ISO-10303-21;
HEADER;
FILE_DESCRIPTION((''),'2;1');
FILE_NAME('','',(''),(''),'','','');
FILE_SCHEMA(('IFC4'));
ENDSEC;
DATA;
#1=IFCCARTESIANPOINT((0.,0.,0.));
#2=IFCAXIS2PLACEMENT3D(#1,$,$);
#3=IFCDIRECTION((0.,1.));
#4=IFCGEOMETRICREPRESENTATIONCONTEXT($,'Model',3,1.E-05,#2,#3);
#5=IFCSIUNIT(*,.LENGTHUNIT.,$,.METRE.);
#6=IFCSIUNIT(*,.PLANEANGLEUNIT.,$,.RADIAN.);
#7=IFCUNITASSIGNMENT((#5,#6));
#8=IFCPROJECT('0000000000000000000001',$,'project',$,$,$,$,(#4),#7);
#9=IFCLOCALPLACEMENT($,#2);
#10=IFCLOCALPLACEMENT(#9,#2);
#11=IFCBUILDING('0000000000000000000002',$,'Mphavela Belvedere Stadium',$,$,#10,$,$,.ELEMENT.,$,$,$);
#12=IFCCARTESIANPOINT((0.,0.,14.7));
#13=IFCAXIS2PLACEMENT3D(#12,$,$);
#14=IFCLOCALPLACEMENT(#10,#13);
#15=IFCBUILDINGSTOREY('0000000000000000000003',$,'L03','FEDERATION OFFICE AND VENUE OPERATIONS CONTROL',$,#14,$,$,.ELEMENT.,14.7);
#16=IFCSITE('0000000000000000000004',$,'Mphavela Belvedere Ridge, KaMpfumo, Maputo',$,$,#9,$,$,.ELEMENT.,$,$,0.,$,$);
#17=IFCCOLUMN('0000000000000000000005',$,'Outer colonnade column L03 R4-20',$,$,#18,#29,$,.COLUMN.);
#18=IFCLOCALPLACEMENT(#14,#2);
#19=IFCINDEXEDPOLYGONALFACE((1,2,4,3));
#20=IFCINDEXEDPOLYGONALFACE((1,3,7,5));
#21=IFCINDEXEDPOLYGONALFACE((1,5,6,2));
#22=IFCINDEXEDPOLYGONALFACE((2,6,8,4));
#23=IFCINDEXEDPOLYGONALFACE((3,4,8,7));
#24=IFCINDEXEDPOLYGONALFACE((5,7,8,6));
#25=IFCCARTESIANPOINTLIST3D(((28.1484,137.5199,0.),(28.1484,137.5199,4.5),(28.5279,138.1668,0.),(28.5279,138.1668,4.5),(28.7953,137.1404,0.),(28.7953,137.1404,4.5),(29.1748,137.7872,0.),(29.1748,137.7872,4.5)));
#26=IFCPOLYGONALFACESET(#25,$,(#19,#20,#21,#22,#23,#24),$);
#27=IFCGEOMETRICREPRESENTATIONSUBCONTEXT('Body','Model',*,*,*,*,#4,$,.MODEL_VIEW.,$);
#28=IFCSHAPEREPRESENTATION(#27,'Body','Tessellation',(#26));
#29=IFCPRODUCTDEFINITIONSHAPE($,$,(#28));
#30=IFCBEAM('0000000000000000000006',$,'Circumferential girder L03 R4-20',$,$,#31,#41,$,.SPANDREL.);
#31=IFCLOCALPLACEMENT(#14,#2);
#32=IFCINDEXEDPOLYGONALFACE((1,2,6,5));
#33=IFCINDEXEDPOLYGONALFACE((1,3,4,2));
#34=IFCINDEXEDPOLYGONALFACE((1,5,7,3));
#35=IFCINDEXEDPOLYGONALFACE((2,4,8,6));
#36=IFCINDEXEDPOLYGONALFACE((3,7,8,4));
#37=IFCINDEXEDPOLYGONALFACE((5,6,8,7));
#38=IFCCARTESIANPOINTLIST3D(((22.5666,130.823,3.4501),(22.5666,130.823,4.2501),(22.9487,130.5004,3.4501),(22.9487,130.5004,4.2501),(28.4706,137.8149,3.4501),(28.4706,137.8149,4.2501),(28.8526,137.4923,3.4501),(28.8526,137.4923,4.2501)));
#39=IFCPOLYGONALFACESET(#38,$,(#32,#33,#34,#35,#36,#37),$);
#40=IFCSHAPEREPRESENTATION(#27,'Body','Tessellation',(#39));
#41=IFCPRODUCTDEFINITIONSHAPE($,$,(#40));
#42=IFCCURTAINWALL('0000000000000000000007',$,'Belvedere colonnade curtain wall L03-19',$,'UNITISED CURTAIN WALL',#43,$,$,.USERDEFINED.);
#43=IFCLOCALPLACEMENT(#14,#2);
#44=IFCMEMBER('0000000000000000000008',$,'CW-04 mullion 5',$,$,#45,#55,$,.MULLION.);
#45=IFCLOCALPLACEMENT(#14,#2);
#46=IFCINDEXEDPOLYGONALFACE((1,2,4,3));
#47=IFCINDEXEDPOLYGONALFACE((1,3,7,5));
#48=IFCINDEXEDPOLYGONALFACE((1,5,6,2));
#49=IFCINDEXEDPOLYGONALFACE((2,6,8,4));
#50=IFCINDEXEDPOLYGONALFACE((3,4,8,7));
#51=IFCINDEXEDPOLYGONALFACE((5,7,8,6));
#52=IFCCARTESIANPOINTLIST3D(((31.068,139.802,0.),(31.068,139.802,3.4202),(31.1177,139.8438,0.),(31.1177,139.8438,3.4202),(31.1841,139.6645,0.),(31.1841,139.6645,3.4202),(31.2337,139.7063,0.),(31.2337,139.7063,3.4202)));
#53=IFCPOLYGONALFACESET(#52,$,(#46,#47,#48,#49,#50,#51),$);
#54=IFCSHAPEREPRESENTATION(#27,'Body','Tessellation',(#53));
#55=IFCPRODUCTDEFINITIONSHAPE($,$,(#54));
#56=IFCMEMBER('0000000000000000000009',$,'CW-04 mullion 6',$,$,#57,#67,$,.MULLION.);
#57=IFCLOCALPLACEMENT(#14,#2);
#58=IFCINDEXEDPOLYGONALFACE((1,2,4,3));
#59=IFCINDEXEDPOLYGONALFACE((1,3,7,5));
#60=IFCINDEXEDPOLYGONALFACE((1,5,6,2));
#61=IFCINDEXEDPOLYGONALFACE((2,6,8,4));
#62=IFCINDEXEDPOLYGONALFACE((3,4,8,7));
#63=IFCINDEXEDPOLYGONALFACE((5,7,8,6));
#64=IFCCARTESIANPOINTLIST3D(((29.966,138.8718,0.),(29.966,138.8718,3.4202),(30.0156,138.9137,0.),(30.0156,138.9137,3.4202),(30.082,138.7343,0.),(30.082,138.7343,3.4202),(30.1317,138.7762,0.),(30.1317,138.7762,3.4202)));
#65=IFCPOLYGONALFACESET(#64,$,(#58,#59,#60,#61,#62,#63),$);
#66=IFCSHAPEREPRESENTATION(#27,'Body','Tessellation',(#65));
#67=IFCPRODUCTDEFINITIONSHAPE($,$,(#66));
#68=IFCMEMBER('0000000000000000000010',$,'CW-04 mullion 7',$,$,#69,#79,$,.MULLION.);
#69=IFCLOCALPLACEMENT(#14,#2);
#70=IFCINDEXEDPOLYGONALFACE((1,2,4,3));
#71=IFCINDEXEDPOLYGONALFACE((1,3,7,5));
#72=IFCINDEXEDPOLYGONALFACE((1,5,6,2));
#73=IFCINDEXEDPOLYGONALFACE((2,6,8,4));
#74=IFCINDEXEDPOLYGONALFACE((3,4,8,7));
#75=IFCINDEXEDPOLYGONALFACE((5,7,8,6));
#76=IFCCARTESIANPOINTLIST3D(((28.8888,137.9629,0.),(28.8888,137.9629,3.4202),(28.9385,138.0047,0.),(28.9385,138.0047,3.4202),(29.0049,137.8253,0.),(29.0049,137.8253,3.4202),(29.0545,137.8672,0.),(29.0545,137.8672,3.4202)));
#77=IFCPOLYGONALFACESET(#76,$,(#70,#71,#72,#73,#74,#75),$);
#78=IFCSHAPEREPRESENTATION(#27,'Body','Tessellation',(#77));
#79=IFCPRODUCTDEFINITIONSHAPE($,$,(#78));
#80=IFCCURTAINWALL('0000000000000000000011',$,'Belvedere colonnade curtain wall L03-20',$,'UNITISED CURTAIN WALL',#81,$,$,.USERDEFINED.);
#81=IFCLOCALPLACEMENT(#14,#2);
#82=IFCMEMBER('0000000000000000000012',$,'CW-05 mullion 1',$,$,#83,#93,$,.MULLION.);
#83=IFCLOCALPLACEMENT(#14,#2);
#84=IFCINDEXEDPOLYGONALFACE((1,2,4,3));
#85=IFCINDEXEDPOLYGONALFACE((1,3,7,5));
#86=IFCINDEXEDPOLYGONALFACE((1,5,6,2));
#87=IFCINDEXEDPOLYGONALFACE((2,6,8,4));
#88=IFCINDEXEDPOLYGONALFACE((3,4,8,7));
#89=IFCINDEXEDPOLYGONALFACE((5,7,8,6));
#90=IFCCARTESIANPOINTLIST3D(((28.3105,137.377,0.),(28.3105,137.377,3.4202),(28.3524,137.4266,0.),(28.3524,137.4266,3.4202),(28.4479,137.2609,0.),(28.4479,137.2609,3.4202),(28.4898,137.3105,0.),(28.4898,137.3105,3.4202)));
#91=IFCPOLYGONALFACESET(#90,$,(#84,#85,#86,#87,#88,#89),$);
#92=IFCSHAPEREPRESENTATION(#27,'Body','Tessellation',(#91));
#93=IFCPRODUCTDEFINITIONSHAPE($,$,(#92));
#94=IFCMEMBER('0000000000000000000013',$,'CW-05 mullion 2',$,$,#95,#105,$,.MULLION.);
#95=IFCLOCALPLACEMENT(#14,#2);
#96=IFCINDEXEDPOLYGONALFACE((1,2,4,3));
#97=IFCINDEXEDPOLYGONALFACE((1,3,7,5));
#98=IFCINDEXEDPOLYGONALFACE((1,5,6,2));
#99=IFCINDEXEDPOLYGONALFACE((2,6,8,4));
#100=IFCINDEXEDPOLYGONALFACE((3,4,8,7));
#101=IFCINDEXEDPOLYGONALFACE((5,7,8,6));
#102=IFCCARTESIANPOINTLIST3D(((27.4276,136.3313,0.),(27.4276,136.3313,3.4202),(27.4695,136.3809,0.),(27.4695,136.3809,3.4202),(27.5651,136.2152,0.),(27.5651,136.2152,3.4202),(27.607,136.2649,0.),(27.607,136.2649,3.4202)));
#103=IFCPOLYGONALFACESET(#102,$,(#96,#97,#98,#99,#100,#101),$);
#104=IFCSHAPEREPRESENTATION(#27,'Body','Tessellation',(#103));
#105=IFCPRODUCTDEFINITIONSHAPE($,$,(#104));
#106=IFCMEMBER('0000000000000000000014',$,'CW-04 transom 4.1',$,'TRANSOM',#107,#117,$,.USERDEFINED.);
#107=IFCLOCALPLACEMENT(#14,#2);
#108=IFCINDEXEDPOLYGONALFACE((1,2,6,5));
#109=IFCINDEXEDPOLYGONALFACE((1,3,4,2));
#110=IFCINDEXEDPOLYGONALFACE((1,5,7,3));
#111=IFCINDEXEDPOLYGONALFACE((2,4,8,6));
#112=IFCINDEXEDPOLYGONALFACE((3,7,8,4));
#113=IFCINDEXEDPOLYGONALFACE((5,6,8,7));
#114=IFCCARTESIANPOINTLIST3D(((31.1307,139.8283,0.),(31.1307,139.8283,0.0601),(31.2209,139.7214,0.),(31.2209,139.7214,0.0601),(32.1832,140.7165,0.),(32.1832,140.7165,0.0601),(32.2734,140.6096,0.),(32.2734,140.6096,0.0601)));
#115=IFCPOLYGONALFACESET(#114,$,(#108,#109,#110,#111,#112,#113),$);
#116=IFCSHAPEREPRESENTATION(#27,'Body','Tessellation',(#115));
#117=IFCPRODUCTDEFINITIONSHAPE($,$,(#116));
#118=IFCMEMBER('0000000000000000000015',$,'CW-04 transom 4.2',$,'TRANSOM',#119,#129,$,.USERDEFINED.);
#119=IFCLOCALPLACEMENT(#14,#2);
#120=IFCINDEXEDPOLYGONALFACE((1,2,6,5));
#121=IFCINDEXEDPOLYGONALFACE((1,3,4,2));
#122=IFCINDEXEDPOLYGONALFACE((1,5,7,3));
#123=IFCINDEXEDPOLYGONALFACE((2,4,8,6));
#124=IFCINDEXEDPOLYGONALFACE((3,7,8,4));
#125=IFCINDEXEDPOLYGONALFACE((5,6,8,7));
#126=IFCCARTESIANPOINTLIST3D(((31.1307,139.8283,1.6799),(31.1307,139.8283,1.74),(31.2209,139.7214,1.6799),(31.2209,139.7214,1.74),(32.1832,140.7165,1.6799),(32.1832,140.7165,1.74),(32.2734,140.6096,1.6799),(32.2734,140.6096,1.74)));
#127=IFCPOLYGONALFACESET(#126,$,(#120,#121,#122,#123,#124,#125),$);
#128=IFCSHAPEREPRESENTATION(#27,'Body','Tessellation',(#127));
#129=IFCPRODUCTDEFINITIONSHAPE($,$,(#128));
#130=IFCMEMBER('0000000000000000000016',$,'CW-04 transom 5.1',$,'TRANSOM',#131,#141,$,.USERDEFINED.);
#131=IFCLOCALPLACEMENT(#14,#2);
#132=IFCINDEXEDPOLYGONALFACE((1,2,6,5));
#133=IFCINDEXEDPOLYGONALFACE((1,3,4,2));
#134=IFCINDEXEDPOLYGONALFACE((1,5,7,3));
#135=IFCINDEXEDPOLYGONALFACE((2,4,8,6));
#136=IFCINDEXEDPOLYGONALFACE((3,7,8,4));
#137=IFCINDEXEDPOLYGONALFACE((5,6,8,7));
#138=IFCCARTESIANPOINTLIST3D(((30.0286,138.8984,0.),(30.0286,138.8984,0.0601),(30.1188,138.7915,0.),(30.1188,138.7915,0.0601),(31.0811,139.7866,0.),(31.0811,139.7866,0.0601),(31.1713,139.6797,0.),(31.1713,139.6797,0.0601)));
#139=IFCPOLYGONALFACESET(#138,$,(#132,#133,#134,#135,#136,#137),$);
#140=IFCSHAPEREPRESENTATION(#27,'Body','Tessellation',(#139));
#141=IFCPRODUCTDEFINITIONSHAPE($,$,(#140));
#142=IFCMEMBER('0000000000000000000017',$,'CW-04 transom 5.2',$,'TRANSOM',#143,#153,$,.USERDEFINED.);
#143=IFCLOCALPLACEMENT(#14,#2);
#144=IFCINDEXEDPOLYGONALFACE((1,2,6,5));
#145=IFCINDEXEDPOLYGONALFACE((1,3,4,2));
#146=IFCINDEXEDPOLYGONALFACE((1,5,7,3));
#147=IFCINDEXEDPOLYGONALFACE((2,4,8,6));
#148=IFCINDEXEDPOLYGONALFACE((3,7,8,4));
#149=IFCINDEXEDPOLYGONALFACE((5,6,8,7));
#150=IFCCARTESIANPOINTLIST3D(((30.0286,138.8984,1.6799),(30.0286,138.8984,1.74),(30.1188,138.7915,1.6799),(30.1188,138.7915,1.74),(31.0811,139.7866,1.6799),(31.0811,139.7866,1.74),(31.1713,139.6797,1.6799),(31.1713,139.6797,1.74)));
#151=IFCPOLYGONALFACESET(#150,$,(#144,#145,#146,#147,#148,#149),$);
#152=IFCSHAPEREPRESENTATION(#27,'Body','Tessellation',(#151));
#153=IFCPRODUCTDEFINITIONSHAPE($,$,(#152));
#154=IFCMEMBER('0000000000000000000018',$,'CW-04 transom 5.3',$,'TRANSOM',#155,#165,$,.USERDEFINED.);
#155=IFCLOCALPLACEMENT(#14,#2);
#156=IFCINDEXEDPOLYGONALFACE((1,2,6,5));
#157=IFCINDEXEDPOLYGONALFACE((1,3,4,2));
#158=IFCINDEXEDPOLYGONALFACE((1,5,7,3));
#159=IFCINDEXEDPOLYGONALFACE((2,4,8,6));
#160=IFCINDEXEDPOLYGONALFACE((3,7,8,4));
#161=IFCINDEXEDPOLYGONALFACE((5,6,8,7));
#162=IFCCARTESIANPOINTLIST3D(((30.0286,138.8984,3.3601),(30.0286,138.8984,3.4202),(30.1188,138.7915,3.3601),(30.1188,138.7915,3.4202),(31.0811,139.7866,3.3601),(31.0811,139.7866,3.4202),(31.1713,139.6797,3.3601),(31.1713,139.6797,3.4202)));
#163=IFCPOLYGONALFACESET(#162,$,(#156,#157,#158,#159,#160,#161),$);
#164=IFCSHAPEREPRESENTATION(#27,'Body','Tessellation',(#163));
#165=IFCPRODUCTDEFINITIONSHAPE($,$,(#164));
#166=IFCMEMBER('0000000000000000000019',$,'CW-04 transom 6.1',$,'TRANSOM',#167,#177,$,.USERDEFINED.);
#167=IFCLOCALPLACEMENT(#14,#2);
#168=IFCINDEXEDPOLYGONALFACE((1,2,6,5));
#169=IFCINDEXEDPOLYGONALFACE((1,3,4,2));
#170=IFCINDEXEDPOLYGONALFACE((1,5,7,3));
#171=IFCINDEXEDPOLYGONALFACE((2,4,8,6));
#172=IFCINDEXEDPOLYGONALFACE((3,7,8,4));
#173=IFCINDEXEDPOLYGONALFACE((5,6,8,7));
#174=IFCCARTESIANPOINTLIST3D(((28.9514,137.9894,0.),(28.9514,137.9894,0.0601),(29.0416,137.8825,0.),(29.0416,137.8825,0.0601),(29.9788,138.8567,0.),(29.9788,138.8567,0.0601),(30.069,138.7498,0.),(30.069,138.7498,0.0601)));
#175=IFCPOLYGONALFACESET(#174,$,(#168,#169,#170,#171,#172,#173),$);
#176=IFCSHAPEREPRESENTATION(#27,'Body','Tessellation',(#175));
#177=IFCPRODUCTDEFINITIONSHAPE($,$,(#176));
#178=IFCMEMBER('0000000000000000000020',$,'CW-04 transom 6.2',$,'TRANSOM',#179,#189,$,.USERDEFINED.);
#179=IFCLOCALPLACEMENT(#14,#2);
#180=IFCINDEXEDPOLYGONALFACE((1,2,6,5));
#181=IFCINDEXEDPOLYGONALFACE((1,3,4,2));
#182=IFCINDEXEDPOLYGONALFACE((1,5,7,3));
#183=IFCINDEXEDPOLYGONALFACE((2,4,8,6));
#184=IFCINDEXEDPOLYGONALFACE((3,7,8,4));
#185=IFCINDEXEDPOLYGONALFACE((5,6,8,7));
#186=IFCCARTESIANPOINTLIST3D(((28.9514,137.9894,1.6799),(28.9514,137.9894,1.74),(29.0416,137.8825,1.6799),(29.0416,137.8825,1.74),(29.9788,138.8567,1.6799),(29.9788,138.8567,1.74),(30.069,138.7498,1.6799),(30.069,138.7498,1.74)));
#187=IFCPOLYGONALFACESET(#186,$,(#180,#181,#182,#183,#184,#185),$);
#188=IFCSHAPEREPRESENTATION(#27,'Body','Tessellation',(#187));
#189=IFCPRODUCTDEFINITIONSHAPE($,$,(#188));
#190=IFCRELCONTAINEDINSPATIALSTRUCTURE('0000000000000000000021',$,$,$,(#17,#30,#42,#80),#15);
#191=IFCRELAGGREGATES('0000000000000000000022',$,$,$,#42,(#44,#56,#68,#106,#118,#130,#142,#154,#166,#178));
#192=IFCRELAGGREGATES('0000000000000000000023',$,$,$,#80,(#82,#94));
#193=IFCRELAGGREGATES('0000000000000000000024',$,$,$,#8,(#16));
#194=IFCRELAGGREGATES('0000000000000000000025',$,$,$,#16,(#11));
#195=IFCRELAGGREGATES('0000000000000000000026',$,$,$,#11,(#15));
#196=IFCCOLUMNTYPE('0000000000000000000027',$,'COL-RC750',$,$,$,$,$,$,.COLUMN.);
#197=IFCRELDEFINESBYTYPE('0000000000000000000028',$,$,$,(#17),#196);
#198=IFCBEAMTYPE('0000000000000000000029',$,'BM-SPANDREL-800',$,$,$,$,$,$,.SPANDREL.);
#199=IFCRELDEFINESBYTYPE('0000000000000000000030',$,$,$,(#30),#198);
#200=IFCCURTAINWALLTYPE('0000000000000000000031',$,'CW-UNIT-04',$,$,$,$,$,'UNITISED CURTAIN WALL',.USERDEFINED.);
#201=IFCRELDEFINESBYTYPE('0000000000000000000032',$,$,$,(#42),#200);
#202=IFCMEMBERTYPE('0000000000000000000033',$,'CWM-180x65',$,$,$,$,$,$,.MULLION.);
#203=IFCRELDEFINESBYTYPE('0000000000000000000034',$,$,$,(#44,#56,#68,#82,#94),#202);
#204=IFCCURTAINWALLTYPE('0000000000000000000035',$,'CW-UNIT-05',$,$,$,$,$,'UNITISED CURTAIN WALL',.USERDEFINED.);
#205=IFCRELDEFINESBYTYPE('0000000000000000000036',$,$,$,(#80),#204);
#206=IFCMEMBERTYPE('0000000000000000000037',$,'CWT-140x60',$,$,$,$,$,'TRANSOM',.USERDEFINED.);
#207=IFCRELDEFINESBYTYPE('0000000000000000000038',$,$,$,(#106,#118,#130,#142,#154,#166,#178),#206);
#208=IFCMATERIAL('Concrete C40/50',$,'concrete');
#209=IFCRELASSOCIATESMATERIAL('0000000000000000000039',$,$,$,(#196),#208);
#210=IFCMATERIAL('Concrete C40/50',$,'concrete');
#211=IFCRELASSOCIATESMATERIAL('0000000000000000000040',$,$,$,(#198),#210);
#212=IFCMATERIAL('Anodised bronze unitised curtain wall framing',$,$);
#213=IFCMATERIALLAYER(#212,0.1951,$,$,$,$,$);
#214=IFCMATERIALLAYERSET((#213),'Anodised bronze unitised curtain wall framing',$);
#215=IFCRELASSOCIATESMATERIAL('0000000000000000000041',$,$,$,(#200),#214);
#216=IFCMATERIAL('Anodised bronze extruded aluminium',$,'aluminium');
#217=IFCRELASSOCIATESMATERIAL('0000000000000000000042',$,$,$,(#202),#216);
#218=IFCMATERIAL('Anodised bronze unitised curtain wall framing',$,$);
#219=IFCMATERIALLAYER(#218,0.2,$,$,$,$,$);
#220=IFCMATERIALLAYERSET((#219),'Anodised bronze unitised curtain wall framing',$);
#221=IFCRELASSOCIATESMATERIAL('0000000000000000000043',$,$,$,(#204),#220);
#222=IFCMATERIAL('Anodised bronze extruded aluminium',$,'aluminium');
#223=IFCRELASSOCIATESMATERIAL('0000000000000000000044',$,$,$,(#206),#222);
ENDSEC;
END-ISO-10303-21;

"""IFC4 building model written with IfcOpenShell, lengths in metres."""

from ifc_helpers import new_model, si_unit, direction, frame, origin, origin_2d, place, context, subcontext, project, spatial, rectangle, extrude, material, layer, layer_set, material_profile, profile_set, type_object, element, aggregate, save


model = new_model("IFC4")

# Units and contexts
model_context = context("Model", 3, precision=1e-05, world=origin(), true_north=direction((0.0, 1.0)))
body_context = subcontext(model_context, "Body", "Model", "MODEL_VIEW")
ifc_project = project(units=[si_unit("LENGTHUNIT", "METRE"), si_unit("PLANEANGLEUNIT", "RADIAN")], contexts=[model_context])

# Site, building, storey
site_placement = place(None, origin())
site = spatial("IfcSite", under=ifc_project, at=site_placement, Name="Mphavela Belvedere Ridge, KaMpfumo, Maputo", CompositionType="ELEMENT", RefElevation=0.0)
building_placement = place(site_placement, origin())
building = spatial("IfcBuilding", under=site, at=building_placement, Name="Mphavela Belvedere Stadium", CompositionType="ELEMENT")
storey_placement = place(building_placement, frame((0.0, 0.0, 14.7)))
storey = spatial("IfcBuildingStorey", under=building, at=storey_placement, Name="L03", Description="FEDERATION OFFICE AND VENUE OPERATIONS CONTROL", CompositionType="ELEMENT", Elevation=14.7)

# Column
ifc_material_1 = material(Name="Concrete C40/50", Category="concrete")
ifc_material_profile_1 = material_profile(ifc_material_1, rectangle(XDim=0.75, YDim=0.75, at=origin_2d()), Name="RC 750x750")
ifc_profile_set_1 = profile_set([ifc_material_profile_1], Name="Concrete C40/50")
column_type = type_object("IfcColumnType", Name="COL-RC750", PredefinedType="COLUMN", material=ifc_profile_set_1)
column_placement = place(storey_placement, frame((28.6616, 137.6536, 0.0), z_axis=(0.0, 0.0, 1.0), x_axis=(-0.862514, 0.506034, 0.0)))
element("IfcColumn", 1, at=column_placement, inside=storey, type_object=column_type, Name="Outer colonnade column L03 R4-20", PredefinedType="COLUMN", context=body_context, shape_type="SweptSolid", body=[
    extrude(rectangle(XDim=0.75, YDim=0.75, at=origin_2d()), origin(), (0.0, 0.0, 1.0), 4.5),
])

# Beam
ifc_material_2 = material(Name="Concrete C40/50", Category="concrete")
ifc_material_profile_2 = material_profile(ifc_material_2, rectangle(XDim=0.5, YDim=0.8, at=origin_2d()), Name="RC 500x800")
ifc_profile_set_2 = profile_set([ifc_material_profile_2], Name="Concrete C40/50")
beam_type = type_object("IfcBeamType", Name="BM-SPANDREL-800", PredefinedType="SPANDREL", material=ifc_profile_set_2)
beam_placement = place(storey_placement, frame((28.6616, 137.6536, 3.8501), z_axis=(-0.645165, -0.764044, 0.0), x_axis=(0.764044, -0.645165, 0.0)))
element("IfcBeam", 2, at=beam_placement, inside=storey, type_object=beam_type, Name="Circumferential girder L03 R4-20", PredefinedType="SPANDREL", context=body_context, shape_type="SweptSolid", body=[
    extrude(rectangle(XDim=0.5, YDim=0.8, at=origin_2d()), origin(), (0.0, 0.0, 1.0), 9.1511),
])

# Curtain walls, members
ifc_material_3 = material(Name="Anodised bronze unitised curtain wall framing")
ifc_layer_1 = layer(ifc_material_3, 0.1951)
ifc_layer_set_1 = layer_set([ifc_layer_1], Name="Anodised bronze unitised curtain wall framing")
curtain_wall_type_1 = type_object("IfcCurtainWallType", Name="CW-UNIT-04", ElementType="UNITISED CURTAIN WALL", PredefinedType="USERDEFINED", material=ifc_layer_set_1)
curtain_wall_1_placement = place(storey_placement, origin())
curtain_wall_1 = element("IfcCurtainWall", 3, at=curtain_wall_1_placement, inside=storey, type_object=curtain_wall_type_1, Name="Belvedere colonnade curtain wall L03-19", ObjectType="UNITISED CURTAIN WALL", PredefinedType="USERDEFINED")
ifc_material_4 = material(Name="Anodised bronze extruded aluminium", Category="aluminium")
ifc_material_profile_3 = material_profile(ifc_material_4, rectangle(XDim=0.1799, YDim=0.0649, at=origin_2d()), Name="CW-MUL 180x65")
ifc_profile_set_3 = profile_set([ifc_material_profile_3], Name="Anodised bronze extruded aluminium")
member_type_1 = type_object("IfcMemberType", Name="CWM-180x65", PredefinedType="MULLION", material=ifc_profile_set_3)
member_1_placement = place(storey_placement, frame((31.1509, 139.7542, 0.0), z_axis=(0.0, 0.0, 1.0), x_axis=(0.644905, -0.764263, 0.0)))
member_1 = element("IfcMember", 4, at=member_1_placement, type_object=member_type_1, Name="CW-04 mullion 5", PredefinedType="MULLION", context=body_context, shape_type="SweptSolid", body=[
    extrude(rectangle(XDim=0.1799, YDim=0.0649, at=origin_2d()), origin(), (0.0, 0.0, 1.0), 3.4202),
])
member_2_placement = place(storey_placement, frame((30.0488, 138.824, 0.0), z_axis=(0.0, 0.0, 1.0), x_axis=(0.644905, -0.764263, 0.0)))
member_2 = element("IfcMember", 5, at=member_2_placement, type_object=member_type_1, Name="CW-04 mullion 6", PredefinedType="MULLION", context=body_context, shape_type="SweptSolid", body=[
    extrude(rectangle(XDim=0.1799, YDim=0.0649, at=origin_2d()), origin(), (0.0, 0.0, 1.0), 3.4202),
])
member_3_placement = place(storey_placement, frame((28.9717, 137.915, 0.0), z_axis=(0.0, 0.0, 1.0), x_axis=(0.644905, -0.764263, 0.0)))
member_3 = element("IfcMember", 6, at=member_3_placement, type_object=member_type_1, Name="CW-04 mullion 7", PredefinedType="MULLION", context=body_context, shape_type="SweptSolid", body=[
    extrude(rectangle(XDim=0.1799, YDim=0.0649, at=origin_2d()), origin(), (0.0, 0.0, 1.0), 3.4202),
])
ifc_material_5 = material(Name="Anodised bronze unitised curtain wall framing")
ifc_layer_2 = layer(ifc_material_5, 0.2)
ifc_layer_set_2 = layer_set([ifc_layer_2], Name="Anodised bronze unitised curtain wall framing")
curtain_wall_type_2 = type_object("IfcCurtainWallType", Name="CW-UNIT-05", ElementType="UNITISED CURTAIN WALL", PredefinedType="USERDEFINED", material=ifc_layer_set_2)
curtain_wall_2_placement = place(storey_placement, origin())
curtain_wall_2 = element("IfcCurtainWall", 7, at=curtain_wall_2_placement, inside=storey, type_object=curtain_wall_type_2, Name="Belvedere colonnade curtain wall L03-20", ObjectType="UNITISED CURTAIN WALL", PredefinedType="USERDEFINED")
member_4_placement = place(storey_placement, frame((28.4001, 137.3438, 0.0), z_axis=(0.0, 0.0, 1.0), x_axis=(0.764031, -0.645179, 0.0)))
member_4 = element("IfcMember", 8, at=member_4_placement, type_object=member_type_1, Name="CW-05 mullion 1", PredefinedType="MULLION", context=body_context, shape_type="SweptSolid", body=[
    extrude(rectangle(XDim=0.1799, YDim=0.0649, at=origin_2d()), origin(), (0.0, 0.0, 1.0), 3.4202),
])
member_5_placement = place(storey_placement, frame((27.5173, 136.2981, 0.0), z_axis=(0.0, 0.0, 1.0), x_axis=(0.764031, -0.645179, 0.0)))
member_5 = element("IfcMember", 9, at=member_5_placement, type_object=member_type_1, Name="CW-05 mullion 2", PredefinedType="MULLION", context=body_context, shape_type="SweptSolid", body=[
    extrude(rectangle(XDim=0.1799, YDim=0.0649, at=origin_2d()), origin(), (0.0, 0.0, 1.0), 3.4202),
])

# Members
ifc_material_6 = material(Name="Anodised bronze extruded aluminium", Category="aluminium")
ifc_material_profile_4 = material_profile(ifc_material_6, rectangle(XDim=0.1399, YDim=0.0601, at=origin_2d()), Name="CW-TRN 140x60")
ifc_profile_set_4 = profile_set([ifc_material_profile_4], Name="Anodised bronze extruded aluminium")
member_type_2 = type_object("IfcMemberType", Name="CWT-140x60", ElementType="TRANSOM", PredefinedType="USERDEFINED", material=ifc_profile_set_4)
member_6_placement = place(storey_placement, frame((32.2283, 140.6631, 0.03), z_axis=(-0.76424, -0.644932, 0.0), x_axis=(0.644932, -0.76424, 0.0)))
member_6 = element("IfcMember", 10, at=member_6_placement, type_object=member_type_2, Name="CW-04 transom 4.1", ObjectType="TRANSOM", PredefinedType="USERDEFINED", context=body_context, shape_type="SweptSolid", body=[
    extrude(rectangle(XDim=0.1399, YDim=0.0601, at=origin_2d()), origin(), (0.0, 0.0, 1.0), 1.3772),
])
member_7_placement = place(storey_placement, frame((32.2283, 140.6631, 1.71), z_axis=(-0.76424, -0.644932, 0.0), x_axis=(0.644932, -0.76424, 0.0)))
member_7 = element("IfcMember", 11, at=member_7_placement, type_object=member_type_2, Name="CW-04 transom 4.2", ObjectType="TRANSOM", PredefinedType="USERDEFINED", context=body_context, shape_type="SweptSolid", body=[
    extrude(rectangle(XDim=0.1399, YDim=0.0601, at=origin_2d()), origin(), (0.0, 0.0, 1.0), 1.3772),
])
member_8_placement = place(storey_placement, frame((31.1262, 139.7332, 0.03), z_axis=(-0.76424, -0.644932, 0.0), x_axis=(0.644932, -0.76424, 0.0)))
member_8 = element("IfcMember", 12, at=member_8_placement, type_object=member_type_2, Name="CW-04 transom 5.1", ObjectType="TRANSOM", PredefinedType="USERDEFINED", context=body_context, shape_type="SweptSolid", body=[
    extrude(rectangle(XDim=0.1399, YDim=0.0601, at=origin_2d()), origin(), (0.0, 0.0, 1.0), 1.3772),
])
member_9_placement = place(storey_placement, frame((31.1262, 139.7332, 1.71), z_axis=(-0.76424, -0.644932, 0.0), x_axis=(0.644932, -0.76424, 0.0)))
member_9 = element("IfcMember", 13, at=member_9_placement, type_object=member_type_2, Name="CW-04 transom 5.2", ObjectType="TRANSOM", PredefinedType="USERDEFINED", context=body_context, shape_type="SweptSolid", body=[
    extrude(rectangle(XDim=0.1399, YDim=0.0601, at=origin_2d()), origin(), (0.0, 0.0, 1.0), 1.3772),
])
member_10_placement = place(storey_placement, frame((31.1262, 139.7332, 3.3901), z_axis=(-0.76424, -0.644932, 0.0), x_axis=(0.644932, -0.76424, 0.0)))
member_10 = element("IfcMember", 14, at=member_10_placement, type_object=member_type_2, Name="CW-04 transom 5.3", ObjectType="TRANSOM", PredefinedType="USERDEFINED", context=body_context, shape_type="SweptSolid", body=[
    extrude(rectangle(XDim=0.1399, YDim=0.0601, at=origin_2d()), origin(), (0.0, 0.0, 1.0), 1.3772),
])
member_11_placement = place(storey_placement, frame((30.0239, 138.8032, 0.03), z_axis=(-0.764157, -0.64503, 0.0), x_axis=(0.64503, -0.764157, 0.0)))
member_11 = element("IfcMember", 15, at=member_11_placement, type_object=member_type_2, Name="CW-04 transom 6.1", ObjectType="TRANSOM", PredefinedType="USERDEFINED", context=body_context, shape_type="SweptSolid", body=[
    extrude(rectangle(XDim=0.1399, YDim=0.0601, at=origin_2d()), origin(), (0.0, 0.0, 1.0), 1.3445),
])
member_12_placement = place(storey_placement, frame((30.0239, 138.8032, 1.71), z_axis=(-0.764157, -0.64503, 0.0), x_axis=(0.64503, -0.764157, 0.0)))
member_12 = element("IfcMember", 16, at=member_12_placement, type_object=member_type_2, Name="CW-04 transom 6.2", ObjectType="TRANSOM", PredefinedType="USERDEFINED", context=body_context, shape_type="SweptSolid", body=[
    extrude(rectangle(XDim=0.1399, YDim=0.0601, at=origin_2d()), origin(), (0.0, 0.0, 1.0), 1.3445),
])

aggregate(curtain_wall_1, [member_1, member_2, member_3, member_6, member_7, member_8, member_9, member_10, member_11, member_12])
aggregate(curtain_wall_2, [member_4, member_5])

save(model, "model.ifc")
